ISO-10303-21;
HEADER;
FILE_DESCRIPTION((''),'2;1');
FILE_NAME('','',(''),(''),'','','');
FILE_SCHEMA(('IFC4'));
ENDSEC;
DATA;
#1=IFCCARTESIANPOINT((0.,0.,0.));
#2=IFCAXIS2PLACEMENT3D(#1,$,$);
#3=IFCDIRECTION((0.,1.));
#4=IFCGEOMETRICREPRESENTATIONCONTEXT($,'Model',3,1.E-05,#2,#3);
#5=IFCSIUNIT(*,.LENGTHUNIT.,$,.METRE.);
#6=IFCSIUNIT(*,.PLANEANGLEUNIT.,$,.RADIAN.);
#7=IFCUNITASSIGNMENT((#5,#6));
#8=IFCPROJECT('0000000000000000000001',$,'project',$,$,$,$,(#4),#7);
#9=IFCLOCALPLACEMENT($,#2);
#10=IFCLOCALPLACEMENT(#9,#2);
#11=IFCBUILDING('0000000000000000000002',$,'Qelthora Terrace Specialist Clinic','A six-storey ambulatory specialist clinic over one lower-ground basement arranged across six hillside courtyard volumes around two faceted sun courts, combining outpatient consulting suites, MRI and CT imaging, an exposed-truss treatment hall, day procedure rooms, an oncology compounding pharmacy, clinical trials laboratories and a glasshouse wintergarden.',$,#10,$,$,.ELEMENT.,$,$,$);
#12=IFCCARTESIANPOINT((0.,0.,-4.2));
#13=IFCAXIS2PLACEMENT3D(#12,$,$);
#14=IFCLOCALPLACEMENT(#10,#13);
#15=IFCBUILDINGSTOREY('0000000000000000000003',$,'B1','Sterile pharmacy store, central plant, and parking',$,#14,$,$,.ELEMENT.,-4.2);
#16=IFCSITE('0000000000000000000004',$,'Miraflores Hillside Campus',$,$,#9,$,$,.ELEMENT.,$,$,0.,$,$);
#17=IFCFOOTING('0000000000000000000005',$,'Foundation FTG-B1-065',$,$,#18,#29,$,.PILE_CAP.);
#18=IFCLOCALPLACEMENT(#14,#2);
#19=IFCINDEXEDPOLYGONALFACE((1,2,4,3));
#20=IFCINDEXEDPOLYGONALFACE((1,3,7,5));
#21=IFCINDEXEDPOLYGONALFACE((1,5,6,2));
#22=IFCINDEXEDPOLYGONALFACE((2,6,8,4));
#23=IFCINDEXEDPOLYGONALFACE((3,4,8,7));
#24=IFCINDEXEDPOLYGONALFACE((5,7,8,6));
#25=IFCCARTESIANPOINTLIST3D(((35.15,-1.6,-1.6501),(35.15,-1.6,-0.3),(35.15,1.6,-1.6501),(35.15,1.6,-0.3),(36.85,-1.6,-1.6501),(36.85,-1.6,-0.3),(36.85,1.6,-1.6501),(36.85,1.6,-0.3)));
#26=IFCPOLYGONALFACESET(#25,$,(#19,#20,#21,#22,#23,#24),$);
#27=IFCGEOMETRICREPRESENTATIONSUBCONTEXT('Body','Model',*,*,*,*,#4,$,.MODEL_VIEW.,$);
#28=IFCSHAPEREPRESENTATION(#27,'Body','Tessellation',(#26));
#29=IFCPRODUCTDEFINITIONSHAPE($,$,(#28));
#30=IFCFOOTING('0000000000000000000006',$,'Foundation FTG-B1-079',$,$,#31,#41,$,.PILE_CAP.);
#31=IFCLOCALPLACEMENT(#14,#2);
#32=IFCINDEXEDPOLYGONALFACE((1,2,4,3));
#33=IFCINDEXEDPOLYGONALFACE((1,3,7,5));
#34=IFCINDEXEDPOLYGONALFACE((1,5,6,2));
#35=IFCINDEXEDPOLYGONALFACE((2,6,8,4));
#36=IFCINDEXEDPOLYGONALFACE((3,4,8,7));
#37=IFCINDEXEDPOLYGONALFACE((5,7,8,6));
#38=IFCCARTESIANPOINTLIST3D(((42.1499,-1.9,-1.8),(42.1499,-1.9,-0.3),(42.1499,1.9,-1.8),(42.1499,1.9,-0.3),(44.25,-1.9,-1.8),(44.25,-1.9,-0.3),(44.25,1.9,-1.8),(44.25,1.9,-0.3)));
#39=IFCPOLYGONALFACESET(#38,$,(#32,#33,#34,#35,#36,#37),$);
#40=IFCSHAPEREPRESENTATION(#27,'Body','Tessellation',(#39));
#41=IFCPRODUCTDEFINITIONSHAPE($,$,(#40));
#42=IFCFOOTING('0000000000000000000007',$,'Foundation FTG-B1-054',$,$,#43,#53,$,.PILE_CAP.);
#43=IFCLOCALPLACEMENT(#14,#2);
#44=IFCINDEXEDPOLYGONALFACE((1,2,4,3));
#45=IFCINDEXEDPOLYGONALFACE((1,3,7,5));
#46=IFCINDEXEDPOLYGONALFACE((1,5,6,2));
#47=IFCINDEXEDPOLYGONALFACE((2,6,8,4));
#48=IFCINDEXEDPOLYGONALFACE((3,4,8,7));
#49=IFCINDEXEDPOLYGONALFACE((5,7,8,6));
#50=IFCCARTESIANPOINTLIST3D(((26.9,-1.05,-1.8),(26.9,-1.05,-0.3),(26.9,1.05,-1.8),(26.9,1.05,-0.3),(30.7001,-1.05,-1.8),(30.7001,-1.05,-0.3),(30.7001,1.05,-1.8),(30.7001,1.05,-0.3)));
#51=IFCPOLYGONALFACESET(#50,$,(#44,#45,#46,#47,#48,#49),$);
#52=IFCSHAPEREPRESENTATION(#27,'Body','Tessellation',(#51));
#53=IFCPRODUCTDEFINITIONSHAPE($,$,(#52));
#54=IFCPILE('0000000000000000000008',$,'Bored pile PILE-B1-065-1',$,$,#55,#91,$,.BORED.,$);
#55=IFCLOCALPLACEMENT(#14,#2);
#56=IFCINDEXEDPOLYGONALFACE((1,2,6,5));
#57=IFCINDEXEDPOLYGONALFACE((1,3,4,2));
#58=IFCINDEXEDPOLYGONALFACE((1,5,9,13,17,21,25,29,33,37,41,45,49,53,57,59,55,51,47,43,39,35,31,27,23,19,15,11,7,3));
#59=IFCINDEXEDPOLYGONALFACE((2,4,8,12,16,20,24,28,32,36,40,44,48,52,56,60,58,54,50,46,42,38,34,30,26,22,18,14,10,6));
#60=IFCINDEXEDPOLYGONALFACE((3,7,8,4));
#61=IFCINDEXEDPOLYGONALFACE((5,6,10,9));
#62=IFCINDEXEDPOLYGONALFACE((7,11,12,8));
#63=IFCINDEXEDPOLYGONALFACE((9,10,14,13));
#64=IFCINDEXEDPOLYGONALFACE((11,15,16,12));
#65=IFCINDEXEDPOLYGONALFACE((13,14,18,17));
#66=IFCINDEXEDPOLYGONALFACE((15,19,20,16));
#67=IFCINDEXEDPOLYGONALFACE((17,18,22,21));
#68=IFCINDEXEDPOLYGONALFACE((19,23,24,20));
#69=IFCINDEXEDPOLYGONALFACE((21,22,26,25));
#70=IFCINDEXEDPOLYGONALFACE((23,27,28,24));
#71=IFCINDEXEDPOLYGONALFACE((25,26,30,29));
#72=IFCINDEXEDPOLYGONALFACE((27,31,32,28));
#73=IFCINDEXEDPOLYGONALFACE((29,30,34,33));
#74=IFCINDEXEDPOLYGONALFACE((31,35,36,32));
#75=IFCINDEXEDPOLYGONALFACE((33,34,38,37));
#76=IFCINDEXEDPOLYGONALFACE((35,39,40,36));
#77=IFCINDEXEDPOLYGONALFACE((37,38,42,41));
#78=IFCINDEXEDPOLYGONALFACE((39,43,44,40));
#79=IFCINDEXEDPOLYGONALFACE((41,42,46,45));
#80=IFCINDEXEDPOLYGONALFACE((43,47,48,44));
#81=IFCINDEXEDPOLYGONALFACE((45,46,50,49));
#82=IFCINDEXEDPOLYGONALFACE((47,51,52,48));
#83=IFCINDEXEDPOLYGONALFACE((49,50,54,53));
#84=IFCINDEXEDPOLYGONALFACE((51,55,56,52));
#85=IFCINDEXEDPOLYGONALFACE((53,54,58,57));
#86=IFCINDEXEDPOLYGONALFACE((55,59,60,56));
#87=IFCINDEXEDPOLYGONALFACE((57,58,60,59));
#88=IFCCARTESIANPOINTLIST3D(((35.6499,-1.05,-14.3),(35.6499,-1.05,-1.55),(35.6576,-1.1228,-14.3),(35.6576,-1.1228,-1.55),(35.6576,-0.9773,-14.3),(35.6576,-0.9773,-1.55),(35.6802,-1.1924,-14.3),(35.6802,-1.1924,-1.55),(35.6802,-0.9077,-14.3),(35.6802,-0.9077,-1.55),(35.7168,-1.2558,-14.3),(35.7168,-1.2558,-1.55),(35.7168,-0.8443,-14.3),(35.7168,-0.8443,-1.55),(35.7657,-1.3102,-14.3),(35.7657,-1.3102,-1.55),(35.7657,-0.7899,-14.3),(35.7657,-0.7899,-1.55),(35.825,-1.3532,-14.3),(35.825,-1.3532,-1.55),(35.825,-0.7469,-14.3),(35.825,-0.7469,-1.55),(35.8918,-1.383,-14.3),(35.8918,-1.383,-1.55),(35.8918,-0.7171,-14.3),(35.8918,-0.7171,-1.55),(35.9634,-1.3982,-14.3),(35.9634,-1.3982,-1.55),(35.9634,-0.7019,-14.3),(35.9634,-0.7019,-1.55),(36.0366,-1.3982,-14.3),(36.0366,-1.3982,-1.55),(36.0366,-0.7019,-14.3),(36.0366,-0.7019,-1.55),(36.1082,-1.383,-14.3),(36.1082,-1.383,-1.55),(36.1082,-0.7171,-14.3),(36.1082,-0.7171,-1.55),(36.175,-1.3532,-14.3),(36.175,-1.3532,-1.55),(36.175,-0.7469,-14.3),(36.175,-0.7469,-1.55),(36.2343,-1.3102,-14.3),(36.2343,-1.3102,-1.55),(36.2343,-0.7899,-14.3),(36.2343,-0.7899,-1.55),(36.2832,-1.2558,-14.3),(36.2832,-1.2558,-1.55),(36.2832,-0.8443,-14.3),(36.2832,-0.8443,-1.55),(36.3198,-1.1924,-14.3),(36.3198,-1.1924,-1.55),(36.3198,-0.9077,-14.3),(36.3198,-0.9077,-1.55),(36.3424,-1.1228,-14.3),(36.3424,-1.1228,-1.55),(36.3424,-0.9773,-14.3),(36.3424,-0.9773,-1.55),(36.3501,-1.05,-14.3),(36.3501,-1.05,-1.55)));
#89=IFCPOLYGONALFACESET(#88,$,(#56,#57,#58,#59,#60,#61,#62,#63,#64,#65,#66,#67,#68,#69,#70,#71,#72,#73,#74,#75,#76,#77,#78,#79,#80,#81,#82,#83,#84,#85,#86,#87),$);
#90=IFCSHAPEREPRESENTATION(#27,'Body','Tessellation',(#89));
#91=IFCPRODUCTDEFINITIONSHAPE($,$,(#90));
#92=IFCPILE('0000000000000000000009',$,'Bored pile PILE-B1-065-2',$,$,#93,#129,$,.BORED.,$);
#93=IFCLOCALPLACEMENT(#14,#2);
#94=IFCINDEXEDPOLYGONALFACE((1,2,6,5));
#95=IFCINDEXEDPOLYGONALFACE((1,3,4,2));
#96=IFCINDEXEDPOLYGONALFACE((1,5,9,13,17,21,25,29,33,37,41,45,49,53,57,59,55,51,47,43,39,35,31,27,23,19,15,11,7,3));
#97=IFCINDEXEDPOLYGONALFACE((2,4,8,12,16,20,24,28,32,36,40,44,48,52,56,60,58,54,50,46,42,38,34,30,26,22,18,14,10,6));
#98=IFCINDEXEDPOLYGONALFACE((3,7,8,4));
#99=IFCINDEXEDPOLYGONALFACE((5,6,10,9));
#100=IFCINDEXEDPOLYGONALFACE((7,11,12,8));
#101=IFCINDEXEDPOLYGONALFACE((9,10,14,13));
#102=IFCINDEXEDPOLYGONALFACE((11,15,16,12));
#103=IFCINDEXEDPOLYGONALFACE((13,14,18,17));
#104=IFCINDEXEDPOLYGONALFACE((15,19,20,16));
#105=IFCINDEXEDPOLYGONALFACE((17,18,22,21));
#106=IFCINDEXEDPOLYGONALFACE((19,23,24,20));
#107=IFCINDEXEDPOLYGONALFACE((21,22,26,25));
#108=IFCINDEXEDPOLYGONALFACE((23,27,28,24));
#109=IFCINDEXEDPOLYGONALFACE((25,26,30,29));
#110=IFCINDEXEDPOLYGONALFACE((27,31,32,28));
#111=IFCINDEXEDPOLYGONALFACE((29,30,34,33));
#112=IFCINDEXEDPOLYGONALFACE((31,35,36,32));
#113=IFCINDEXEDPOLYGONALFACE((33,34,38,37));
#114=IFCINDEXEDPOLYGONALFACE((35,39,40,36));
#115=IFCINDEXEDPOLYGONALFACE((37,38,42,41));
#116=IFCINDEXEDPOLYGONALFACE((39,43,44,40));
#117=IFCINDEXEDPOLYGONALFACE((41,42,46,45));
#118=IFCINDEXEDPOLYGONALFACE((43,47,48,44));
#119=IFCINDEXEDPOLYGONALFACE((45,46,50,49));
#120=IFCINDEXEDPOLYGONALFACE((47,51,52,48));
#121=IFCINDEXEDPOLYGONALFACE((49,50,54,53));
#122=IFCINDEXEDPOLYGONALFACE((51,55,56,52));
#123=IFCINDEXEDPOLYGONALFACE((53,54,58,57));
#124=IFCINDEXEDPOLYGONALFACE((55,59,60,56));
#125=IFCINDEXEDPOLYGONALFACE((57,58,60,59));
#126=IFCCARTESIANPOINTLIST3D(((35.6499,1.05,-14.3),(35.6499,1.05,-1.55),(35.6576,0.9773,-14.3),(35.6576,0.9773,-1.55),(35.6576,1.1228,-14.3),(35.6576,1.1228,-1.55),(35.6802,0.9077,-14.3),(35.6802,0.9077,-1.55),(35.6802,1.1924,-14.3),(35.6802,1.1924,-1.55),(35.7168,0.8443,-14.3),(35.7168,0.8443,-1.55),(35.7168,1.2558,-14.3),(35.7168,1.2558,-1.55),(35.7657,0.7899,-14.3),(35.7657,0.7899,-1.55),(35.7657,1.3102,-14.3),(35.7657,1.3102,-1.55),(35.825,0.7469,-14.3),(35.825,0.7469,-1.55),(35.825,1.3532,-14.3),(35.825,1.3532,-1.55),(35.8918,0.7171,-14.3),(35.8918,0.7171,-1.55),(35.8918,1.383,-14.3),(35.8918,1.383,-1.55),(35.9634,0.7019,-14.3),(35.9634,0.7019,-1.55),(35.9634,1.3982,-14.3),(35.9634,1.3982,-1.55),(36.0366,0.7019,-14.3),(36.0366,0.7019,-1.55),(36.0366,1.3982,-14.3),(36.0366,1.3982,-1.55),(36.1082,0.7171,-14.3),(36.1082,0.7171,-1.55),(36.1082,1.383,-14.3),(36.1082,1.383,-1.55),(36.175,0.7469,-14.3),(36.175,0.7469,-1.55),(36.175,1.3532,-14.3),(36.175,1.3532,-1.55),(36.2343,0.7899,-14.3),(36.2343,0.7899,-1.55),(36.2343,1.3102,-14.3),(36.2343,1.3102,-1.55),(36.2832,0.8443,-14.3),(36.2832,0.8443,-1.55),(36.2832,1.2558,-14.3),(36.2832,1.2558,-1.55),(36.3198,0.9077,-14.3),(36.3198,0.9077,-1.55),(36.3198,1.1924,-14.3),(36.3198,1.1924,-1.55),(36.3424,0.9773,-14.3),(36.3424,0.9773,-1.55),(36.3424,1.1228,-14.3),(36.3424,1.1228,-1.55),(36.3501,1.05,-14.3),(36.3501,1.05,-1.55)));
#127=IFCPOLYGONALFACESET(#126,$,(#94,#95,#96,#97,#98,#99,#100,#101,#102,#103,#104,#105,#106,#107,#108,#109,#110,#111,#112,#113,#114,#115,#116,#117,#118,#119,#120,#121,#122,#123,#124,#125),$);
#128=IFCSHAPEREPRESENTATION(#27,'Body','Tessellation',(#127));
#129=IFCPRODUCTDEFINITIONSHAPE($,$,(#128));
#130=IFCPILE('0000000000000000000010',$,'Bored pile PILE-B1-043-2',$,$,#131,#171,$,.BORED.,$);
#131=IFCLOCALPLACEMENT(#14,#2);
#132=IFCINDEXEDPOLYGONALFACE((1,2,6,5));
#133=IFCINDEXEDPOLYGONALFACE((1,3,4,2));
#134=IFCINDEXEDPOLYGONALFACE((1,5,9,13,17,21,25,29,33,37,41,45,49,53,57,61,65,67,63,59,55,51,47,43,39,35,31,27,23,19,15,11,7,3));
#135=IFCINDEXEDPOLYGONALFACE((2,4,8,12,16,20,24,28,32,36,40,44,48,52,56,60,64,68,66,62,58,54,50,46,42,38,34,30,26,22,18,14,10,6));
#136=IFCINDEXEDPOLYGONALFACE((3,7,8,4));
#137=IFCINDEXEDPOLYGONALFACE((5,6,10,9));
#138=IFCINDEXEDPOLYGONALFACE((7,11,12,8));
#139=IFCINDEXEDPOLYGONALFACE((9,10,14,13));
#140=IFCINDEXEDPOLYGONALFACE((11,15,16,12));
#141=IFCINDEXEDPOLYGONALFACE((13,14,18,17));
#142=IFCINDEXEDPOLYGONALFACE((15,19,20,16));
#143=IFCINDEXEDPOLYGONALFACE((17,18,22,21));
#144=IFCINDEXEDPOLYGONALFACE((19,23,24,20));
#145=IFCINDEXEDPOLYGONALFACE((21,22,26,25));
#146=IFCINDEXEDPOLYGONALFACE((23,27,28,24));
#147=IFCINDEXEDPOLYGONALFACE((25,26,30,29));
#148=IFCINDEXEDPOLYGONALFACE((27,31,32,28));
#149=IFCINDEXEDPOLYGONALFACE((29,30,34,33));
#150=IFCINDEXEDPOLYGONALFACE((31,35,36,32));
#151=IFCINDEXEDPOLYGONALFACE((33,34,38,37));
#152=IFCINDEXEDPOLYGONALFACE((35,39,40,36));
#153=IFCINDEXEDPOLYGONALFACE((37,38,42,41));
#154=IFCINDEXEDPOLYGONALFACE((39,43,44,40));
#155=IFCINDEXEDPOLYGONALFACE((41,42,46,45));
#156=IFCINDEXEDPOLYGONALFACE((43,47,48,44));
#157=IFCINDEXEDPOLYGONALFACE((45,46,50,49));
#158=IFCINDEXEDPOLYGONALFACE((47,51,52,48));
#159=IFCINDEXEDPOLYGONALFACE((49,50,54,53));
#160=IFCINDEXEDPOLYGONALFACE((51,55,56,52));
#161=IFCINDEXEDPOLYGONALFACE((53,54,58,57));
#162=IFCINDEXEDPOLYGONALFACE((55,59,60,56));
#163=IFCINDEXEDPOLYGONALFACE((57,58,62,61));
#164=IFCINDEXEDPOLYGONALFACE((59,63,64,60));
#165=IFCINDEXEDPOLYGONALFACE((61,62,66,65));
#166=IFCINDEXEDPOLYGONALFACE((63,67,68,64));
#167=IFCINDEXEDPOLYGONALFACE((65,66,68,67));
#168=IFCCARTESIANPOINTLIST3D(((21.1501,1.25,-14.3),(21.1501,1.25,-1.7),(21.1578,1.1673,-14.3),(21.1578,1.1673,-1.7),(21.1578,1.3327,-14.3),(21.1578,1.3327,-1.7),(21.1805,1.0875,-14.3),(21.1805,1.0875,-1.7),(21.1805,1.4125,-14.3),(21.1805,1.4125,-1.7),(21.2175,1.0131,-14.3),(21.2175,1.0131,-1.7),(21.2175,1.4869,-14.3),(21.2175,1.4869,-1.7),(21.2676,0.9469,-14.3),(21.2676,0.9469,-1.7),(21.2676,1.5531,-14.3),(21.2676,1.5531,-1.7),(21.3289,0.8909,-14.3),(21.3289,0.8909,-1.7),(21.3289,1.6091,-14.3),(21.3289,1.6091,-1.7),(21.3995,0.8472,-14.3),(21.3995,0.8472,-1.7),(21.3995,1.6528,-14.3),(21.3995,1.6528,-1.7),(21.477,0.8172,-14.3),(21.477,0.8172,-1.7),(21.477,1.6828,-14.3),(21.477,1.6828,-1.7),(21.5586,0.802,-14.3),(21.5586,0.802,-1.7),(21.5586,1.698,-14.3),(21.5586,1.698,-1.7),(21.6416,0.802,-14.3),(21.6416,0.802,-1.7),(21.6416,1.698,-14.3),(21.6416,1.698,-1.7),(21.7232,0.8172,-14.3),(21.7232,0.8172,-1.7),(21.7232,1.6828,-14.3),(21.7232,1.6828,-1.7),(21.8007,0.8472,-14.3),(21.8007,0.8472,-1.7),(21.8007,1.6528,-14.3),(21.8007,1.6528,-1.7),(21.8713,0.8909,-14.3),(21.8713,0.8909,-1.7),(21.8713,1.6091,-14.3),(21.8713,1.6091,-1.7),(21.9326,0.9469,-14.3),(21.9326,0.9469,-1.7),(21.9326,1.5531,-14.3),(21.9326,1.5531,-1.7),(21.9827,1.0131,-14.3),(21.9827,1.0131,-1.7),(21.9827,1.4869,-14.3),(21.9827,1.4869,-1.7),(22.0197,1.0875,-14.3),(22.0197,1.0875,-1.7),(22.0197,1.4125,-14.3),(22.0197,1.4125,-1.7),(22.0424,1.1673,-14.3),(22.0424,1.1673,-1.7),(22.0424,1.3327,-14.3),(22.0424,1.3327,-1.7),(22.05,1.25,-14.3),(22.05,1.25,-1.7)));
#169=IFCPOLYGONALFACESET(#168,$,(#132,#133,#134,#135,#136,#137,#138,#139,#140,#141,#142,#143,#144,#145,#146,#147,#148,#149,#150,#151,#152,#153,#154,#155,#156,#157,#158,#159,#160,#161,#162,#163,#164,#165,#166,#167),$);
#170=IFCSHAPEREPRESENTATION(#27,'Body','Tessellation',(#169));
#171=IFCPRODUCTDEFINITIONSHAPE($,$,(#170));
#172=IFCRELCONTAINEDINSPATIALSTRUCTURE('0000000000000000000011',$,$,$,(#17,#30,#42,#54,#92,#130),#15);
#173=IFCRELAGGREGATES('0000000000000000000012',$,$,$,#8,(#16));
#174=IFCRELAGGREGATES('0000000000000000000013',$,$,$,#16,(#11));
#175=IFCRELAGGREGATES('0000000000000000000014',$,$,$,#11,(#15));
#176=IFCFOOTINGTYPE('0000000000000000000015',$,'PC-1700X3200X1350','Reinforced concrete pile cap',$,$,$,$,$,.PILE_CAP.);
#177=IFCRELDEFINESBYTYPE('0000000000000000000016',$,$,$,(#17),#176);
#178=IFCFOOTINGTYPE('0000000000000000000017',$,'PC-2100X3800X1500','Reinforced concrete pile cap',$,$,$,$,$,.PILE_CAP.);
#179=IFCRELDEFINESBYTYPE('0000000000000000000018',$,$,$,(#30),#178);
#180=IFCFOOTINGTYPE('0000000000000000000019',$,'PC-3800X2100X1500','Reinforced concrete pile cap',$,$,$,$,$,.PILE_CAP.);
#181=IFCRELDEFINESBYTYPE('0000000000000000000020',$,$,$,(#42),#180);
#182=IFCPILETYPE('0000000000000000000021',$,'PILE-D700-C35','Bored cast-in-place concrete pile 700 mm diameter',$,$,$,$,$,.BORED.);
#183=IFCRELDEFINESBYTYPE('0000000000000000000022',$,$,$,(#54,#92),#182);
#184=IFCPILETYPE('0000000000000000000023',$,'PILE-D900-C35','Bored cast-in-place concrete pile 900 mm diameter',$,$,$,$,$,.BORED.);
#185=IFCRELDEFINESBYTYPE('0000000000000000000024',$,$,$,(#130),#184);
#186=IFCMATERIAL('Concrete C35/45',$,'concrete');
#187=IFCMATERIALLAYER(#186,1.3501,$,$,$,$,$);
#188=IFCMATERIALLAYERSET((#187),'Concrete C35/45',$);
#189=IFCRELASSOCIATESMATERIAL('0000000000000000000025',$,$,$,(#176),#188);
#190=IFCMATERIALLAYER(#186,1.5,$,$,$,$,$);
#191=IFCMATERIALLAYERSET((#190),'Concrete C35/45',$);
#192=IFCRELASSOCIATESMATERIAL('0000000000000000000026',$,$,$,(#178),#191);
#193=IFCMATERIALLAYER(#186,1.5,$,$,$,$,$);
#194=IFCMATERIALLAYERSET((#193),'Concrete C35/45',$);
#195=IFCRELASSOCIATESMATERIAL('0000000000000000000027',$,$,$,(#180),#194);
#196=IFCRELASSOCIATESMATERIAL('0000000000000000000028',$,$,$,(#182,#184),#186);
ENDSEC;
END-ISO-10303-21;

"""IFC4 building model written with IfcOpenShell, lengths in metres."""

from ifc_helpers import new_model, si_unit, direction, frame, origin, origin_2d, place, context, subcontext, project, spatial, rectangle, circle, extrude, material, layer, layer_set, material_profile, profile_set, type_object, element, save


model = new_model("IFC4")

# Units and contexts
model_context = context("Model", 3, precision=1e-05, world=origin(), true_north=direction((0.0, 1.0)))
body_context = subcontext(model_context, "Body", "Model", "MODEL_VIEW")
ifc_project = project(units=[si_unit("LENGTHUNIT", "METRE"), si_unit("PLANEANGLEUNIT", "RADIAN")], contexts=[model_context])

# Site, building, storey
site_placement = place(None, origin())
site = spatial("IfcSite", under=ifc_project, at=site_placement, Name="Miraflores Hillside Campus", CompositionType="ELEMENT", RefElevation=0.0)
building_placement = place(site_placement, origin())
building = spatial("IfcBuilding", under=site, at=building_placement, Name="Qelthora Terrace Specialist Clinic", Description="A six-storey ambulatory specialist clinic over one lower-ground basement arranged across six hillside courtyard volumes around two faceted sun courts, combining outpatient consulting suites, MRI and CT imaging, an exposed-truss treatment hall, day procedure rooms, an oncology compounding pharmacy, clinical trials laboratories and a glasshouse wintergarden.", CompositionType="ELEMENT")
storey_placement = place(building_placement, frame((0.0, 0.0, -4.2)))
storey = spatial("IfcBuildingStorey", under=building, at=storey_placement, Name="B1", Description="Sterile pharmacy store, central plant, and parking", CompositionType="ELEMENT", Elevation=-4.2)

# Footings
ifc_material_1 = material(Name="Concrete C35/45", Category="concrete")
ifc_layer_1 = layer(ifc_material_1, 1.3501)
ifc_layer_set_1 = layer_set([ifc_layer_1], Name="Concrete C35/45")
footing_type_1 = type_object("IfcFootingType", Name="PC-1700X3200X1350", Description="Reinforced concrete pile cap", PredefinedType="PILE_CAP", material=ifc_layer_set_1)
footing_1_placement = place(storey_placement, frame((36.0, 0.0, -1.6501), z_axis=(0.0, 0.0, 1.0), x_axis=(1.0, 0.0, 0.0)))
element("IfcFooting", 1, at=footing_1_placement, inside=storey, type_object=footing_type_1, Name="Foundation FTG-B1-065", PredefinedType="PILE_CAP", context=body_context, shape_type="SweptSolid", body=[
    extrude(rectangle(XDim=1.7, YDim=3.2, at=origin_2d()), origin(), (0.0, 0.0, 1.0), 1.3501),
])
ifc_layer_2 = layer(ifc_material_1, 1.5)
ifc_layer_set_2 = layer_set([ifc_layer_2], Name="Concrete C35/45")
footing_type_2 = type_object("IfcFootingType", Name="PC-2100X3800X1500", Description="Reinforced concrete pile cap", PredefinedType="PILE_CAP", material=ifc_layer_set_2)
footing_2_placement = place(storey_placement, frame((43.2, 0.0, -1.8), z_axis=(0.0, 0.0, 1.0), x_axis=(1.0, 0.0, 0.0)))
element("IfcFooting", 2, at=footing_2_placement, inside=storey, type_object=footing_type_2, Name="Foundation FTG-B1-079", PredefinedType="PILE_CAP", context=body_context, shape_type="SweptSolid", body=[
    extrude(rectangle(XDim=2.1001, YDim=3.8, at=origin_2d()), origin(), (0.0, 0.0, 1.0), 1.5),
])
ifc_layer_3 = layer(ifc_material_1, 1.5)
ifc_layer_set_3 = layer_set([ifc_layer_3], Name="Concrete C35/45")
footing_type_3 = type_object("IfcFootingType", Name="PC-3800X2100X1500", Description="Reinforced concrete pile cap", PredefinedType="PILE_CAP", material=ifc_layer_set_3)
footing_3_placement = place(storey_placement, frame((28.8, 0.0, -1.8), z_axis=(0.0, 0.0, 1.0), x_axis=(1.0, 0.0, 0.0)))
element("IfcFooting", 3, at=footing_3_placement, inside=storey, type_object=footing_type_3, Name="Foundation FTG-B1-054", PredefinedType="PILE_CAP", context=body_context, shape_type="SweptSolid", body=[
    extrude(rectangle(XDim=3.8, YDim=2.1001, at=origin_2d()), origin(), (0.0, 0.0, 1.0), 1.5),
])

# Piles
ifc_material_profile_1 = material_profile(ifc_material_1, circle(Radius=0.3501, at=origin_2d()), Name="PILE700")
ifc_profile_set_1 = profile_set([ifc_material_profile_1], Name="Concrete C35/45")
pile_type_1 = type_object("IfcPileType", Name="PILE-D700-C35", Description="Bored cast-in-place concrete pile 700 mm diameter", PredefinedType="BORED", material=ifc_profile_set_1)
for number, where, z_axis, x_axis, name in (
    (4, (36.0, -1.05, -1.55), (0.0, 0.0, -1.0), (1.0, 0.0, 0.0), "Bored pile PILE-B1-065-1"),
    (5, (36.0, 1.05, -1.55), (0.0, 0.0, -1.0), (1.0, 0.0, 0.0), "Bored pile PILE-B1-065-2"),
):
    element("IfcPile", number, at=place(storey_placement, frame(where, z_axis=z_axis, x_axis=x_axis)), inside=storey, type_object=pile_type_1, Name=name, PredefinedType="BORED", context=body_context, shape_type="SweptSolid", body=[
        extrude(circle(Radius=0.3501, at=origin_2d()), origin(), (0.0, 0.0, 1.0), 12.75),
    ])
ifc_material_profile_2 = material_profile(ifc_material_1, circle(Radius=0.45, at=origin_2d()), Name="PILE900")
ifc_profile_set_2 = profile_set([ifc_material_profile_2], Name="Concrete C35/45")
pile_type_2 = type_object("IfcPileType", Name="PILE-D900-C35", Description="Bored cast-in-place concrete pile 900 mm diameter", PredefinedType="BORED", material=ifc_profile_set_2)
for number, where, z_axis, x_axis, name in (
    (6, (21.6001, 1.25, -1.7), (0.0, 0.0, -1.0), (1.0, 0.0, 0.0), "Bored pile PILE-B1-043-2"),
):
    element("IfcPile", number, at=place(storey_placement, frame(where, z_axis=z_axis, x_axis=x_axis)), inside=storey, type_object=pile_type_2, Name=name, PredefinedType="BORED", context=body_context, shape_type="SweptSolid", body=[
        extrude(circle(Radius=0.45, at=origin_2d()), origin(), (0.0, 0.0, 1.0), 12.6001),
    ])

save(model, "model.ifc")
